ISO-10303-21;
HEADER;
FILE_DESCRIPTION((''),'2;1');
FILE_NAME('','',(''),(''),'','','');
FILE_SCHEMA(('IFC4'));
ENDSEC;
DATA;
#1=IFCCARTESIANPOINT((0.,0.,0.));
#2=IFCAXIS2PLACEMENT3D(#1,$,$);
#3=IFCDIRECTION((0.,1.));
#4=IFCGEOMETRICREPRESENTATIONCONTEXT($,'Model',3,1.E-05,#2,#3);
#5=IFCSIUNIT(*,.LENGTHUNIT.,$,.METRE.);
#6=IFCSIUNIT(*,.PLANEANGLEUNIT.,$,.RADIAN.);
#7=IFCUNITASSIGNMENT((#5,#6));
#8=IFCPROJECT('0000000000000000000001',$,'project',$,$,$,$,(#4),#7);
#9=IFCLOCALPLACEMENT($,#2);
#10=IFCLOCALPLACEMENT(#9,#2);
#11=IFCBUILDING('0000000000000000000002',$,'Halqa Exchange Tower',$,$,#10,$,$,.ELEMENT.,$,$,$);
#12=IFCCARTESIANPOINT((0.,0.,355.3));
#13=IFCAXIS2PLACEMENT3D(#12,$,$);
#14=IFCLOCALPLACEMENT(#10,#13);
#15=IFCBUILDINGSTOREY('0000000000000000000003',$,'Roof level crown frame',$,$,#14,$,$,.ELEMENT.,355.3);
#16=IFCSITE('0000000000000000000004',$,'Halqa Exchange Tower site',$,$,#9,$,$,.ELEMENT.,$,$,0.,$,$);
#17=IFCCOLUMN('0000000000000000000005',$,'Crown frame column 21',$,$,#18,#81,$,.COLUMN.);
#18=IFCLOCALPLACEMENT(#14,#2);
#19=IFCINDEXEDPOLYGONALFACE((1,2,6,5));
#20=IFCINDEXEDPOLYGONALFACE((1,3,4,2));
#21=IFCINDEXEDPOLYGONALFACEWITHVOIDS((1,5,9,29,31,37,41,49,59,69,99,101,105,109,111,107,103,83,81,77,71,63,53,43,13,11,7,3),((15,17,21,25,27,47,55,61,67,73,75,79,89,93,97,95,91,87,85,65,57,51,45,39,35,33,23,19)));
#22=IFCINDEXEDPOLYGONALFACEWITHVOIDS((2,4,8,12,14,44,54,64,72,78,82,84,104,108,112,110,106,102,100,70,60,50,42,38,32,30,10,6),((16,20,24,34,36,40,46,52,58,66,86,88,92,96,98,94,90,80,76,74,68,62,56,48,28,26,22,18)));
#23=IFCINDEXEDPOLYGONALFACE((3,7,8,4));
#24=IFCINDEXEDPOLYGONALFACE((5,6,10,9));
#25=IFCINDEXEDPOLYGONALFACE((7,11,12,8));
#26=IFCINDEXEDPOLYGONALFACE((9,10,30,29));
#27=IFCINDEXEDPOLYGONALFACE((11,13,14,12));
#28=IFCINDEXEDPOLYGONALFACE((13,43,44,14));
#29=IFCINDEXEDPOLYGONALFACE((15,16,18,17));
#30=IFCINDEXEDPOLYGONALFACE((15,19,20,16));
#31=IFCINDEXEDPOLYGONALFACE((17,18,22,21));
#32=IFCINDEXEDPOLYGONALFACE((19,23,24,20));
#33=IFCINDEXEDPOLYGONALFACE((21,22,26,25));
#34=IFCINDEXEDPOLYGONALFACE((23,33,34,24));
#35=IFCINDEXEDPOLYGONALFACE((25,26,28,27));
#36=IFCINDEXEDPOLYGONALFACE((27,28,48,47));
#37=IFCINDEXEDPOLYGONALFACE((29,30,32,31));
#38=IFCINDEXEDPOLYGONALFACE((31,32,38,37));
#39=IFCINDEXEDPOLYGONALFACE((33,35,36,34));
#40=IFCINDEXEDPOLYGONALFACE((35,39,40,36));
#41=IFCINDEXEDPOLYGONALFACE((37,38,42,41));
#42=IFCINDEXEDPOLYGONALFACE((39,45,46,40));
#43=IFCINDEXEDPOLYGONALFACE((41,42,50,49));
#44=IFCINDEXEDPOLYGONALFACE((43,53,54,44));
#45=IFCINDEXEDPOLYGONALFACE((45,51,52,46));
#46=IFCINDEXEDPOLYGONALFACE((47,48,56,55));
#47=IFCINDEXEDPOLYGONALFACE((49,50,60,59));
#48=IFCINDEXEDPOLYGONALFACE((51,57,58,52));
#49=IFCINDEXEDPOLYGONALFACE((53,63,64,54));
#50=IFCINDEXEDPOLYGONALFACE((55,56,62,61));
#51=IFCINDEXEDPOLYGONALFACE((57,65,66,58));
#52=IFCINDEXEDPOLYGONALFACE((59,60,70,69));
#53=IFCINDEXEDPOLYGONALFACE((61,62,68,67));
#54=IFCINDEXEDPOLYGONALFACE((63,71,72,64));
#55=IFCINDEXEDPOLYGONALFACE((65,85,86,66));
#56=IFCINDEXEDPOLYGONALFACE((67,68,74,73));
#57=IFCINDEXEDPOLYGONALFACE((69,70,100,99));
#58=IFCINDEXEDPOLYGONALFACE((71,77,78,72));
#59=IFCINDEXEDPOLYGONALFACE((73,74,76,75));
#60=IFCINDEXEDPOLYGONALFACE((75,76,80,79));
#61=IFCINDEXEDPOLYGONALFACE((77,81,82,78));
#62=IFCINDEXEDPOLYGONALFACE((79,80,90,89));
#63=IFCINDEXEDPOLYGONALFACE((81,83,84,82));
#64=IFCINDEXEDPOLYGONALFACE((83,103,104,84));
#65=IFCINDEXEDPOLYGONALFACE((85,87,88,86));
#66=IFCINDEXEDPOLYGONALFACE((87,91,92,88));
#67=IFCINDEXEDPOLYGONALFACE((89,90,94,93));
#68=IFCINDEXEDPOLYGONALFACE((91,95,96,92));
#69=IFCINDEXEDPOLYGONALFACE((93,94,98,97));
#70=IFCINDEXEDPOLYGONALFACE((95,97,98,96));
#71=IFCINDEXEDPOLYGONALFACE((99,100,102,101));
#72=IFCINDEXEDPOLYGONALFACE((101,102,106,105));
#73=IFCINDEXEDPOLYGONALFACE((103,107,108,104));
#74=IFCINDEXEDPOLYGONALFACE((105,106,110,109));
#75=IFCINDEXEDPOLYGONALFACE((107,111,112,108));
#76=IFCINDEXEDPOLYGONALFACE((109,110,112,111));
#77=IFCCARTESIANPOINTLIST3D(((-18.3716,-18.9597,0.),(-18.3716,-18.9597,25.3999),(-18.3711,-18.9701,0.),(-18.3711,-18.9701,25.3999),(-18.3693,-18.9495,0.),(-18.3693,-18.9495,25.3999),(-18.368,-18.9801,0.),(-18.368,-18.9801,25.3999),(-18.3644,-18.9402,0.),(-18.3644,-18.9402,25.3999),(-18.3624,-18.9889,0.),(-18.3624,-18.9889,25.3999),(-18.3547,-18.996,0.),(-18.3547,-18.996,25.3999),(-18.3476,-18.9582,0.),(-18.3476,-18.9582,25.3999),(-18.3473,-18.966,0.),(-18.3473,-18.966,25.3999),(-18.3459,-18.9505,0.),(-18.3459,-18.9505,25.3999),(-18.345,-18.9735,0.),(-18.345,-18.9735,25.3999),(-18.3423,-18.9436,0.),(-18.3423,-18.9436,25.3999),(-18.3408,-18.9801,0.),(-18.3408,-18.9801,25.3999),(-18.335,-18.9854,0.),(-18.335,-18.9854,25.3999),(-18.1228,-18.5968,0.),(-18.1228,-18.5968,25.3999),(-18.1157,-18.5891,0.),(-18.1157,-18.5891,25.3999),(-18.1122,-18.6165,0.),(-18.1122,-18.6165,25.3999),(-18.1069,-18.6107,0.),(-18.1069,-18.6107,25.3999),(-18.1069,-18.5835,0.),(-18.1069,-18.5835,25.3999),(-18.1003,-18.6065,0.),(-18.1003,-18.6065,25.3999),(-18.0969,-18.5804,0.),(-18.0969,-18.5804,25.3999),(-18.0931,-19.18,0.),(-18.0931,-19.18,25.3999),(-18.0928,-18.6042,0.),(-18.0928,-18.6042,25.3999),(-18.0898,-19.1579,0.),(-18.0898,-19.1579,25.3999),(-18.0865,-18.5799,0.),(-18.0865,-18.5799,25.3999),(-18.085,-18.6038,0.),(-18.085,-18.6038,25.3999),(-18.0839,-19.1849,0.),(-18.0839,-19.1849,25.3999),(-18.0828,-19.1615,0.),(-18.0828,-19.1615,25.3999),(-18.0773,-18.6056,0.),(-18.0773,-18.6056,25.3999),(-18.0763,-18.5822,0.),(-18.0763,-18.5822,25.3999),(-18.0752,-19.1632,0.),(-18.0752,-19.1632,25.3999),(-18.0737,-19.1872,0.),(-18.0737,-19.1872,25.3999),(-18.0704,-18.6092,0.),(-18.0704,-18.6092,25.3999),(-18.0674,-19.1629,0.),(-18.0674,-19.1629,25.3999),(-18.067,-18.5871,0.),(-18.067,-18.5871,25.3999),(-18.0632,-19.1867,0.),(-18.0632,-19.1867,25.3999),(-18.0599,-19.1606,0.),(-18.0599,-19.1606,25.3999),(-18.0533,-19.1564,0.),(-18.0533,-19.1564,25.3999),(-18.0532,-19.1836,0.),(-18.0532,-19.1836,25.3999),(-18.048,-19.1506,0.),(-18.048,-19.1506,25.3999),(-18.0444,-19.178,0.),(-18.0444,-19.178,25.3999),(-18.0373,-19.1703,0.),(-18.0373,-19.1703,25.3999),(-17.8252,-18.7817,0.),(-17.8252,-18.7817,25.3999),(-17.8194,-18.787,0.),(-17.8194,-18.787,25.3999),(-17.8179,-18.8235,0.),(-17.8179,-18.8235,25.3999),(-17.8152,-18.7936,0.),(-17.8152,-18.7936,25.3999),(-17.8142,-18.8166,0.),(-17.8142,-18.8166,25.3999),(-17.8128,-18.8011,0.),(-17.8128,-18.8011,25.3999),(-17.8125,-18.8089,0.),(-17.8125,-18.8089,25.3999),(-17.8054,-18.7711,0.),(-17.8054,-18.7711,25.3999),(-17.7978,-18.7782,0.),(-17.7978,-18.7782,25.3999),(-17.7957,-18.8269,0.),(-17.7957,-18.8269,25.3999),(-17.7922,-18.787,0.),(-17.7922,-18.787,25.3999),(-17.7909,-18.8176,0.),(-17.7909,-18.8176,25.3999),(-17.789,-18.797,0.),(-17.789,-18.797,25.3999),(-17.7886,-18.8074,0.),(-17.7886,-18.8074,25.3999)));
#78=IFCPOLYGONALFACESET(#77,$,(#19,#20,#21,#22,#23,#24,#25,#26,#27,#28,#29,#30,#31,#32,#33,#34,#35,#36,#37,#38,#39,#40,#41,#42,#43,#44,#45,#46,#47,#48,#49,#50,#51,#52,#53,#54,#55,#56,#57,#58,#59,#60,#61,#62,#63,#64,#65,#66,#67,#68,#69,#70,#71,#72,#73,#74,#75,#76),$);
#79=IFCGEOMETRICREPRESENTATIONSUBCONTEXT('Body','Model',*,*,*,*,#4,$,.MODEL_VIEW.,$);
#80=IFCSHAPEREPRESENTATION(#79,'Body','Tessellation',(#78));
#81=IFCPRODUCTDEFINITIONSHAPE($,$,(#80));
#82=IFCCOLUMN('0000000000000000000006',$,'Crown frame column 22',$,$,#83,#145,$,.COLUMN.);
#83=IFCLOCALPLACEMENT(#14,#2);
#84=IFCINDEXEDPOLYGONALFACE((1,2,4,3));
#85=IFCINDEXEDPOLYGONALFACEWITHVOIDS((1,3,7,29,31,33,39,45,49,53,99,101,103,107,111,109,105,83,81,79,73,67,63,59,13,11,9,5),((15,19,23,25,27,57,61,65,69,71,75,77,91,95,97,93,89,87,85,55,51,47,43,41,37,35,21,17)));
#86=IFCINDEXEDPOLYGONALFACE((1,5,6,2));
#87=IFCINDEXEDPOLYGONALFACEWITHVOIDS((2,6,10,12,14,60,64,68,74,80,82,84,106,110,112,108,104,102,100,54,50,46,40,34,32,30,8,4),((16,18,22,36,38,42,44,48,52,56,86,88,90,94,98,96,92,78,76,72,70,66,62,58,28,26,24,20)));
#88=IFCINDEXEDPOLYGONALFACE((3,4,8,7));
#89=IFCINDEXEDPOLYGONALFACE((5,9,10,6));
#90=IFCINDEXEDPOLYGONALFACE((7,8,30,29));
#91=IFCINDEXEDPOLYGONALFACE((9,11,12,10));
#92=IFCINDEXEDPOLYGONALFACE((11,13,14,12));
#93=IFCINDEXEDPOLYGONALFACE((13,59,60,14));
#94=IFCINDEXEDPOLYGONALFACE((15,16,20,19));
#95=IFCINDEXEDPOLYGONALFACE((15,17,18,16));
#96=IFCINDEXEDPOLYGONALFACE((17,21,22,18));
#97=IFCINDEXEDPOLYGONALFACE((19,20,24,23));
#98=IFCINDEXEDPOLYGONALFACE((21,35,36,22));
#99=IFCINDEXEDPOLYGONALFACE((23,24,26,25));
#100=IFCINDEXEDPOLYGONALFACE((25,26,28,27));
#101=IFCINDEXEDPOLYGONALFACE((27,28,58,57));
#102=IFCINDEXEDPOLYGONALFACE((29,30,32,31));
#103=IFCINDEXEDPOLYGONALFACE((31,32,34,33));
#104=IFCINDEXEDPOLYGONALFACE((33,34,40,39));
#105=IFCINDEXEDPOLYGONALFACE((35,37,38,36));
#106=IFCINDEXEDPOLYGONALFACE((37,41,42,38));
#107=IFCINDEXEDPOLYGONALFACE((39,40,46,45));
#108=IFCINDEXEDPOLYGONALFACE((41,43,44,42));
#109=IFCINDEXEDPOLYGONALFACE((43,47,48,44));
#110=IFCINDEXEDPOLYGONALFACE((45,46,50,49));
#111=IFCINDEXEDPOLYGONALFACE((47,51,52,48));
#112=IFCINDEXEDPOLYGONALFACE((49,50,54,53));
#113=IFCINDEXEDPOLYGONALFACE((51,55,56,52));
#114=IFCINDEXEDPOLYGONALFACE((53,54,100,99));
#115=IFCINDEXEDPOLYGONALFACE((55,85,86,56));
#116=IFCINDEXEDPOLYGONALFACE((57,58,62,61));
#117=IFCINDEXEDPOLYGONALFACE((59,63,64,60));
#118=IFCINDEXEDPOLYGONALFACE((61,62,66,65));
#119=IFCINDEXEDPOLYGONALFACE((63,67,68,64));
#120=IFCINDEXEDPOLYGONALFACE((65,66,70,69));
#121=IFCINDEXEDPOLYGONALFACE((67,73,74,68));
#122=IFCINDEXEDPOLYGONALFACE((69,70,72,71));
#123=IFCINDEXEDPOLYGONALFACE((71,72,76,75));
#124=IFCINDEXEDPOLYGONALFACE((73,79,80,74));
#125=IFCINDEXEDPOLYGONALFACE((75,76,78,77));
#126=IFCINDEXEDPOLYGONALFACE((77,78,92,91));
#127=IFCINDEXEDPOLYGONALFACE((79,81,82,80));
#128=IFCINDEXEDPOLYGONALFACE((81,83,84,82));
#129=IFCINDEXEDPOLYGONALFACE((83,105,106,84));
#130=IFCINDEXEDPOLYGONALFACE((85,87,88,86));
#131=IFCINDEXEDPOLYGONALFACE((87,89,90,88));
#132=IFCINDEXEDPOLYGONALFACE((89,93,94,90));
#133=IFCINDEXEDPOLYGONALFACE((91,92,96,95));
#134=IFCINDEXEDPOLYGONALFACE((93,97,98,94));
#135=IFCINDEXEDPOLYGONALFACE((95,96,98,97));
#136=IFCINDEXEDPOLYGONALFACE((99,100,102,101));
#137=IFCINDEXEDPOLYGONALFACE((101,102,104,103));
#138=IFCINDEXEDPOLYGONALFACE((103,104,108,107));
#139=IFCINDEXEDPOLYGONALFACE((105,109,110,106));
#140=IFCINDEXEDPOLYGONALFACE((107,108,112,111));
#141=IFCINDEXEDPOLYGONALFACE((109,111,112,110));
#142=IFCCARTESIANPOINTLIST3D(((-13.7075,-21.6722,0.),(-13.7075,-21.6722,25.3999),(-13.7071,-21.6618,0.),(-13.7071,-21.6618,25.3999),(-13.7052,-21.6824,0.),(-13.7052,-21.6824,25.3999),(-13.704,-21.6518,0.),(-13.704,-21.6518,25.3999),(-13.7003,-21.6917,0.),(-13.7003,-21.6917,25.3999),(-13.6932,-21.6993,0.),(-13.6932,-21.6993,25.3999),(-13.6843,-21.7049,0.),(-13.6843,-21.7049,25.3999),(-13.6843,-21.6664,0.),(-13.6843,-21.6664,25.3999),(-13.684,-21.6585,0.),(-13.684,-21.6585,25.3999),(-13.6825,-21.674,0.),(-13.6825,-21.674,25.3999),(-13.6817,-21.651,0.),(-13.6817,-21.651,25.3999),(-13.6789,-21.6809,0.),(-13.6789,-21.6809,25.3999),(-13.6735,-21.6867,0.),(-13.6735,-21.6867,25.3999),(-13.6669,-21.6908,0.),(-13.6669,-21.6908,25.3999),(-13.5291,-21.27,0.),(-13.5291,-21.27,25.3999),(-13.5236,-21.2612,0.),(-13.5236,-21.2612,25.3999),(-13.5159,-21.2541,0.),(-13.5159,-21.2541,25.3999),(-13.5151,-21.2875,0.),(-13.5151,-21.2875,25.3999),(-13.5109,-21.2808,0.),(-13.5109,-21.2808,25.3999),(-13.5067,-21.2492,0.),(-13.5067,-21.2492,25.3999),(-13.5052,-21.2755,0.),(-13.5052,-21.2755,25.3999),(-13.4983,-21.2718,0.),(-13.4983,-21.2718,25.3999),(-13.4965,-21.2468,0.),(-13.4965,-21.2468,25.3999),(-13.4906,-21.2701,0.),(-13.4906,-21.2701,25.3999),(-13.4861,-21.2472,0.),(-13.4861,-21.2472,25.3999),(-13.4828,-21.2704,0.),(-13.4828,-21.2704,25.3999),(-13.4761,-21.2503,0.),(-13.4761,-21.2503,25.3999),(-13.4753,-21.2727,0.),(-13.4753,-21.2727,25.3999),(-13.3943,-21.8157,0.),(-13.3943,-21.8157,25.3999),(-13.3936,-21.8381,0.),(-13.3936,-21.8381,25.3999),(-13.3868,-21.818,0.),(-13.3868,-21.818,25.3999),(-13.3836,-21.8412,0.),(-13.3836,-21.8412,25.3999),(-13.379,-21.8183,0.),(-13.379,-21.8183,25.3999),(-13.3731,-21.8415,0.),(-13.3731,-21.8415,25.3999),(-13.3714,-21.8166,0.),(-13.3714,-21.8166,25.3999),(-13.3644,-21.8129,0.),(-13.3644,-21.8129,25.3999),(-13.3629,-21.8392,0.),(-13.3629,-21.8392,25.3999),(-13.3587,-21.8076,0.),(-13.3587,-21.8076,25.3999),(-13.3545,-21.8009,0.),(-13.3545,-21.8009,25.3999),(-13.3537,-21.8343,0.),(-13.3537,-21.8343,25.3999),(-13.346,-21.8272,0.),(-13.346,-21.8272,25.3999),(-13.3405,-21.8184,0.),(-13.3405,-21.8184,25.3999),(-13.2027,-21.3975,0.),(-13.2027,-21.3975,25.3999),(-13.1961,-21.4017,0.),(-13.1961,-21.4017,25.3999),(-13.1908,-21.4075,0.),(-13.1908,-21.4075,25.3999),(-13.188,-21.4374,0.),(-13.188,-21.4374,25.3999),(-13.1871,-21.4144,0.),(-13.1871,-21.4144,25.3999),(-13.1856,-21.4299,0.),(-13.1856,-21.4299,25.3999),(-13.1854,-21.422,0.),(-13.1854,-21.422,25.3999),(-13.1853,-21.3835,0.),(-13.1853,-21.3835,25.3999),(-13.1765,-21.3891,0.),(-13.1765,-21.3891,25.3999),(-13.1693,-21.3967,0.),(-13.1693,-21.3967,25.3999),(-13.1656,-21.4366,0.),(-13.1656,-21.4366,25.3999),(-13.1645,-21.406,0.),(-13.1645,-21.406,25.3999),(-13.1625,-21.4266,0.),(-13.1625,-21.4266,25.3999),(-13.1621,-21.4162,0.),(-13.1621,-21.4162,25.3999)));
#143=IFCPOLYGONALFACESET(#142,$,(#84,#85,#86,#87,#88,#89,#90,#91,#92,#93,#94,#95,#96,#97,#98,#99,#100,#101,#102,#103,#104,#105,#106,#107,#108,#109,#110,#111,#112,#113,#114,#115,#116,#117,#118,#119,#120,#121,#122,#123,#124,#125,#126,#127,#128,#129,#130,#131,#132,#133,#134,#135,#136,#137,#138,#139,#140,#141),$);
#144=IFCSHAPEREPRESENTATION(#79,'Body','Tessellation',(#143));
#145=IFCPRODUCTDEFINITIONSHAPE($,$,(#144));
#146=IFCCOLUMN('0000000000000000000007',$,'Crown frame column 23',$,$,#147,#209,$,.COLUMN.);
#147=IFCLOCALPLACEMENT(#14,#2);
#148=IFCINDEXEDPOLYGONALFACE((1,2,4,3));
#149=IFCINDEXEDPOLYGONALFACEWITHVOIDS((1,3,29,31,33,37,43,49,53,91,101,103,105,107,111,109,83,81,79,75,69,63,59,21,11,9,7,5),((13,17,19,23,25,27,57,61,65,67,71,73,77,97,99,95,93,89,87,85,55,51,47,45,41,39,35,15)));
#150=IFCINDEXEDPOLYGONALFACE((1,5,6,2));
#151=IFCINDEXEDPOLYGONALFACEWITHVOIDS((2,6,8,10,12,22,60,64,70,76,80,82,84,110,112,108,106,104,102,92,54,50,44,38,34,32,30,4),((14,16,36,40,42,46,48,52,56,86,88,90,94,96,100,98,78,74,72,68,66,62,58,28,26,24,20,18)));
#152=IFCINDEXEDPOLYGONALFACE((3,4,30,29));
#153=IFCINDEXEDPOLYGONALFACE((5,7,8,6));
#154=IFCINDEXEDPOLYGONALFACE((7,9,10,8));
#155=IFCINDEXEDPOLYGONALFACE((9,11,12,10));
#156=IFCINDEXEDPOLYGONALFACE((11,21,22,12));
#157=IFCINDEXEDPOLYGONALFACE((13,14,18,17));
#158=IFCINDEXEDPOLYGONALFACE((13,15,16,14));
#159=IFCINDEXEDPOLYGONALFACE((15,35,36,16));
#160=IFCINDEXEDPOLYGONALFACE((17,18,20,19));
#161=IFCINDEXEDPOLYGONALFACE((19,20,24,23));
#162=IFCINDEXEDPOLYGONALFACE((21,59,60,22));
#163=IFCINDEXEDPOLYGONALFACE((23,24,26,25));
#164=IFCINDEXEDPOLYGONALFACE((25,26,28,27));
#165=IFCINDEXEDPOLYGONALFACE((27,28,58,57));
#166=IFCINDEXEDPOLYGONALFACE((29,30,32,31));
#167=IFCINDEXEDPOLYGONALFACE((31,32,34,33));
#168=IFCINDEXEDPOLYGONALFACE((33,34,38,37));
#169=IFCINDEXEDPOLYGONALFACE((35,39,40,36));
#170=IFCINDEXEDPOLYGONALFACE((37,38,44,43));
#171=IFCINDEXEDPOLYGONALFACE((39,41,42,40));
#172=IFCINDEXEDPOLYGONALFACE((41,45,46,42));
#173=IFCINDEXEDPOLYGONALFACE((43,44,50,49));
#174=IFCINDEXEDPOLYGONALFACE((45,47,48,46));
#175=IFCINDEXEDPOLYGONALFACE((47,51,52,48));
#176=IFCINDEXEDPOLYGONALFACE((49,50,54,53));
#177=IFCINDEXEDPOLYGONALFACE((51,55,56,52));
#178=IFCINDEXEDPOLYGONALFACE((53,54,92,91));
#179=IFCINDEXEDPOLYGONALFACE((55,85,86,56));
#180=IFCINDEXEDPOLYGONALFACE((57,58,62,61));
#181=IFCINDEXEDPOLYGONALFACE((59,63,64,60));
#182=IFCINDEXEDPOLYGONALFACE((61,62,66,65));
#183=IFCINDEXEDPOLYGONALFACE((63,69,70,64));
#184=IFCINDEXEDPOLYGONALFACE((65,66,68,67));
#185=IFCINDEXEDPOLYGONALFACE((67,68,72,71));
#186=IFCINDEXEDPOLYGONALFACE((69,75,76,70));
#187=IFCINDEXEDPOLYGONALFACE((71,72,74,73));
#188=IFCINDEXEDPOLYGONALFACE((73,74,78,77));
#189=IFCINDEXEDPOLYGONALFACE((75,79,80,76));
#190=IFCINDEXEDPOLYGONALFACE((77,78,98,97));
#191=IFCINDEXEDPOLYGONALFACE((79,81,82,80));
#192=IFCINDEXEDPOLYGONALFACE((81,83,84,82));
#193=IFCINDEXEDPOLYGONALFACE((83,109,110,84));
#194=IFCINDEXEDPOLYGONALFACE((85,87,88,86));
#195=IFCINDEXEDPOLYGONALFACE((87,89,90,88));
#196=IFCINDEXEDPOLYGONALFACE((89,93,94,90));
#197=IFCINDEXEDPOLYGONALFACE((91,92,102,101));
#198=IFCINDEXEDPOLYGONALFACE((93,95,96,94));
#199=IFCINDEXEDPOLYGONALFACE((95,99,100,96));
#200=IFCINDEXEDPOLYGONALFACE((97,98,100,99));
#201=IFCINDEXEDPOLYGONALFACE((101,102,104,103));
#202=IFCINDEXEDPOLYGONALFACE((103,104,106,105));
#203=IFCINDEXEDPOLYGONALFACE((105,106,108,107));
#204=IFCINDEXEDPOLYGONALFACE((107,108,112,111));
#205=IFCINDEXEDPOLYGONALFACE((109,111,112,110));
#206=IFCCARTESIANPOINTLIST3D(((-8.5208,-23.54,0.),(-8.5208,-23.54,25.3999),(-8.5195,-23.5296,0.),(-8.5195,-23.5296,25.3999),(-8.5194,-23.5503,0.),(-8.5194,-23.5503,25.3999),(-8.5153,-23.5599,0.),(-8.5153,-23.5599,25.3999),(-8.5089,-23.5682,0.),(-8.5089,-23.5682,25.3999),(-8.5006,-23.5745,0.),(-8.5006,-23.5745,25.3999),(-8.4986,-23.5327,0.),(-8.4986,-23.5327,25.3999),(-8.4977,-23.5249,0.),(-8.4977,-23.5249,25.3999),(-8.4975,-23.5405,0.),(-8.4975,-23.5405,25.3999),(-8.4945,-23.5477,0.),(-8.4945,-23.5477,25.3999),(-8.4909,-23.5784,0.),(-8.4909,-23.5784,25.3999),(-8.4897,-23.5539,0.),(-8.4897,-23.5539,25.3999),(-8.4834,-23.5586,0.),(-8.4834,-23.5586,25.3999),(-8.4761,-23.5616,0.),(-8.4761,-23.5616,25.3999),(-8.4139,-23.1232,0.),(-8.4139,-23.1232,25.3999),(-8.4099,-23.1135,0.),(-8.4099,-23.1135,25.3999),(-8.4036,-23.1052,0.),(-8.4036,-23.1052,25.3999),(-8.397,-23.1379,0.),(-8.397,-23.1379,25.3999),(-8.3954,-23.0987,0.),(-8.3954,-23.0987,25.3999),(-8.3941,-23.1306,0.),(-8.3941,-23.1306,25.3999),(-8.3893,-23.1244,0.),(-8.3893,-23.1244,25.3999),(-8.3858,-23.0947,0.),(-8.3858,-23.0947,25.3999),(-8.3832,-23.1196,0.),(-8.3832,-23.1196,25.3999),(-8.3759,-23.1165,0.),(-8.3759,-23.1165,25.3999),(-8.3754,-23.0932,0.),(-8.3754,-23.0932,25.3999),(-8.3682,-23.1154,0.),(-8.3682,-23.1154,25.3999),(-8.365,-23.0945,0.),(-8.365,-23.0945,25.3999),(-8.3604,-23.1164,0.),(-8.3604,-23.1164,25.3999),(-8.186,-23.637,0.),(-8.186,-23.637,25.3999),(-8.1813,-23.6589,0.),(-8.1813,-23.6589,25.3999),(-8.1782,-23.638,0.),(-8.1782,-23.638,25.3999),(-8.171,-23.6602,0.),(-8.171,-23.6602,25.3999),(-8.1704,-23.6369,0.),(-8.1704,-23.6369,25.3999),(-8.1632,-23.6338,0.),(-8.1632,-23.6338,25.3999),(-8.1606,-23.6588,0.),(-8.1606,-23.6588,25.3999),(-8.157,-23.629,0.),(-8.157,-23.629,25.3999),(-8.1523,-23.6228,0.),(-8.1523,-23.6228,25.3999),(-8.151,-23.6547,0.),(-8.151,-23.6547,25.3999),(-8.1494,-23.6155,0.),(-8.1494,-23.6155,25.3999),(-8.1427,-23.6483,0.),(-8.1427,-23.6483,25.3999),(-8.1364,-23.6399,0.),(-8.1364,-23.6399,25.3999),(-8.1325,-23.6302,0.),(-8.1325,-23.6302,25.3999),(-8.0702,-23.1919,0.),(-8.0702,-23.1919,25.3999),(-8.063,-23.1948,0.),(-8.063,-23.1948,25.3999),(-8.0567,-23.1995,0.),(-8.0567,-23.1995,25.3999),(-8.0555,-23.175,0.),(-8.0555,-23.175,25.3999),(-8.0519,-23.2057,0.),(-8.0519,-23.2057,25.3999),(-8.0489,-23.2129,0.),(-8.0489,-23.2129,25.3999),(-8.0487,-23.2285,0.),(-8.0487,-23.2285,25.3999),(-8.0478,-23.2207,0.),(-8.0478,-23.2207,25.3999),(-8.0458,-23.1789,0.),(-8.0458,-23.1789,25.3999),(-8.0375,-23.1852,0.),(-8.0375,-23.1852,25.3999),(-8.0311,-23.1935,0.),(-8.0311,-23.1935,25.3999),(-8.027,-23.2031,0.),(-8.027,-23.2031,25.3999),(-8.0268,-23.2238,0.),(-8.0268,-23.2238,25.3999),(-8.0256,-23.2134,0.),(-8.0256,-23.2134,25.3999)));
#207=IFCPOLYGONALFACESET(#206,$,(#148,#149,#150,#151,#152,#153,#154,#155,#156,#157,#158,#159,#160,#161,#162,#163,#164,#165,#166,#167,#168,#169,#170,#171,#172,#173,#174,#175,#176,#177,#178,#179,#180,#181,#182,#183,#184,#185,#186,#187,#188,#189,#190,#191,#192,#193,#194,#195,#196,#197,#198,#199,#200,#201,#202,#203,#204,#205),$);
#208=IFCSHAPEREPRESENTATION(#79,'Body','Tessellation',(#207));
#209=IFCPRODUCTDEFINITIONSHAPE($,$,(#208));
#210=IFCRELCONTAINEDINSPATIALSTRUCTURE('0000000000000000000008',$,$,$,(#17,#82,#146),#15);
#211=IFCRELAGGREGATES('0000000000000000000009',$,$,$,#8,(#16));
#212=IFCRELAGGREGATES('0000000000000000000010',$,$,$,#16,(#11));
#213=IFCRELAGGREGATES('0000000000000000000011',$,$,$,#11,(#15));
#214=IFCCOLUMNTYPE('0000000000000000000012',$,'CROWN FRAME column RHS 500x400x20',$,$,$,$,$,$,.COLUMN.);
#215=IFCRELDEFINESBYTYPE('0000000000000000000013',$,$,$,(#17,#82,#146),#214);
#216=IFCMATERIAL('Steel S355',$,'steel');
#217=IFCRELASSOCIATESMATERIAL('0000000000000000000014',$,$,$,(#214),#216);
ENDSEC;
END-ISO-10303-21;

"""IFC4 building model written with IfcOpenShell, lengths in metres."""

from ifc_helpers import new_model, si_unit, direction, frame, origin, origin_2d, place, context, subcontext, project, spatial, hollow_rectangle, extrude, material, material_profile, profile_set, type_object, element, save


model = new_model("IFC4")

# Units and contexts
model_context = context("Model", 3, precision=1e-05, world=origin(), true_north=direction((0.0, 1.0)))
body_context = subcontext(model_context, "Body", "Model", "MODEL_VIEW")
ifc_project = project(units=[si_unit("LENGTHUNIT", "METRE"), si_unit("PLANEANGLEUNIT", "RADIAN")], contexts=[model_context])

# Site, building, storey
site_placement = place(None, origin())
site = spatial("IfcSite", under=ifc_project, at=site_placement, Name="Halqa Exchange Tower site", CompositionType="ELEMENT", RefElevation=0.0)
building_placement = place(site_placement, origin())
building = spatial("IfcBuilding", under=site, at=building_placement, Name="Halqa Exchange Tower", CompositionType="ELEMENT")
storey_placement = place(building_placement, frame((0.0, 0.0, 355.3)))
storey = spatial("IfcBuildingStorey", under=building, at=storey_placement, Name="Roof level crown frame", CompositionType="ELEMENT", Elevation=355.3)

# Columns
ifc_material_1 = material(Name="Steel S355", Category="steel")
ifc_material_profile_1 = material_profile(ifc_material_1, hollow_rectangle(XDim=0.3999, YDim=0.5, WallThickness=0.02, InnerFilletRadius=0.03, OuterFilletRadius=0.04, at=origin_2d()), Name="RHS 500x400x20")
ifc_profile_set_1 = profile_set([ifc_material_profile_1], Name="Steel S355")
column_type = type_object("IfcColumnType", Name="CROWN FRAME column RHS 500x400x20", PredefinedType="COLUMN", material=ifc_profile_set_1)
for number, where, z_axis, x_axis, name in (
    (1, (-18.0801, -18.8835, 0.0), (0.0, 0.0, 1.0), (0.817907, -0.575351, 0.0), "Crown frame column 21"),
    (2, (-13.4348, -21.5442, 0.0), (0.0, 0.0, 1.0), (0.909129, -0.416516, 0.0), "Crown frame column 22"),
    (3, (-8.2732, -23.3767, 0.0), (0.0, 0.0, 1.0), (0.967819, -0.251647, 0.0), "Crown frame column 23"),
):
    element("IfcColumn", number, at=place(storey_placement, frame(where, z_axis=z_axis, x_axis=x_axis)), inside=storey, type_object=column_type, Name=name, PredefinedType="COLUMN", context=body_context, shape_type="SweptSolid", body=[
        extrude(hollow_rectangle(XDim=0.3999, YDim=0.5, WallThickness=0.02, InnerFilletRadius=0.03, OuterFilletRadius=0.04, at=origin_2d()), origin(), (0.0, 0.0, 1.0), 25.3999),
    ])

save(model, "model.ifc")
